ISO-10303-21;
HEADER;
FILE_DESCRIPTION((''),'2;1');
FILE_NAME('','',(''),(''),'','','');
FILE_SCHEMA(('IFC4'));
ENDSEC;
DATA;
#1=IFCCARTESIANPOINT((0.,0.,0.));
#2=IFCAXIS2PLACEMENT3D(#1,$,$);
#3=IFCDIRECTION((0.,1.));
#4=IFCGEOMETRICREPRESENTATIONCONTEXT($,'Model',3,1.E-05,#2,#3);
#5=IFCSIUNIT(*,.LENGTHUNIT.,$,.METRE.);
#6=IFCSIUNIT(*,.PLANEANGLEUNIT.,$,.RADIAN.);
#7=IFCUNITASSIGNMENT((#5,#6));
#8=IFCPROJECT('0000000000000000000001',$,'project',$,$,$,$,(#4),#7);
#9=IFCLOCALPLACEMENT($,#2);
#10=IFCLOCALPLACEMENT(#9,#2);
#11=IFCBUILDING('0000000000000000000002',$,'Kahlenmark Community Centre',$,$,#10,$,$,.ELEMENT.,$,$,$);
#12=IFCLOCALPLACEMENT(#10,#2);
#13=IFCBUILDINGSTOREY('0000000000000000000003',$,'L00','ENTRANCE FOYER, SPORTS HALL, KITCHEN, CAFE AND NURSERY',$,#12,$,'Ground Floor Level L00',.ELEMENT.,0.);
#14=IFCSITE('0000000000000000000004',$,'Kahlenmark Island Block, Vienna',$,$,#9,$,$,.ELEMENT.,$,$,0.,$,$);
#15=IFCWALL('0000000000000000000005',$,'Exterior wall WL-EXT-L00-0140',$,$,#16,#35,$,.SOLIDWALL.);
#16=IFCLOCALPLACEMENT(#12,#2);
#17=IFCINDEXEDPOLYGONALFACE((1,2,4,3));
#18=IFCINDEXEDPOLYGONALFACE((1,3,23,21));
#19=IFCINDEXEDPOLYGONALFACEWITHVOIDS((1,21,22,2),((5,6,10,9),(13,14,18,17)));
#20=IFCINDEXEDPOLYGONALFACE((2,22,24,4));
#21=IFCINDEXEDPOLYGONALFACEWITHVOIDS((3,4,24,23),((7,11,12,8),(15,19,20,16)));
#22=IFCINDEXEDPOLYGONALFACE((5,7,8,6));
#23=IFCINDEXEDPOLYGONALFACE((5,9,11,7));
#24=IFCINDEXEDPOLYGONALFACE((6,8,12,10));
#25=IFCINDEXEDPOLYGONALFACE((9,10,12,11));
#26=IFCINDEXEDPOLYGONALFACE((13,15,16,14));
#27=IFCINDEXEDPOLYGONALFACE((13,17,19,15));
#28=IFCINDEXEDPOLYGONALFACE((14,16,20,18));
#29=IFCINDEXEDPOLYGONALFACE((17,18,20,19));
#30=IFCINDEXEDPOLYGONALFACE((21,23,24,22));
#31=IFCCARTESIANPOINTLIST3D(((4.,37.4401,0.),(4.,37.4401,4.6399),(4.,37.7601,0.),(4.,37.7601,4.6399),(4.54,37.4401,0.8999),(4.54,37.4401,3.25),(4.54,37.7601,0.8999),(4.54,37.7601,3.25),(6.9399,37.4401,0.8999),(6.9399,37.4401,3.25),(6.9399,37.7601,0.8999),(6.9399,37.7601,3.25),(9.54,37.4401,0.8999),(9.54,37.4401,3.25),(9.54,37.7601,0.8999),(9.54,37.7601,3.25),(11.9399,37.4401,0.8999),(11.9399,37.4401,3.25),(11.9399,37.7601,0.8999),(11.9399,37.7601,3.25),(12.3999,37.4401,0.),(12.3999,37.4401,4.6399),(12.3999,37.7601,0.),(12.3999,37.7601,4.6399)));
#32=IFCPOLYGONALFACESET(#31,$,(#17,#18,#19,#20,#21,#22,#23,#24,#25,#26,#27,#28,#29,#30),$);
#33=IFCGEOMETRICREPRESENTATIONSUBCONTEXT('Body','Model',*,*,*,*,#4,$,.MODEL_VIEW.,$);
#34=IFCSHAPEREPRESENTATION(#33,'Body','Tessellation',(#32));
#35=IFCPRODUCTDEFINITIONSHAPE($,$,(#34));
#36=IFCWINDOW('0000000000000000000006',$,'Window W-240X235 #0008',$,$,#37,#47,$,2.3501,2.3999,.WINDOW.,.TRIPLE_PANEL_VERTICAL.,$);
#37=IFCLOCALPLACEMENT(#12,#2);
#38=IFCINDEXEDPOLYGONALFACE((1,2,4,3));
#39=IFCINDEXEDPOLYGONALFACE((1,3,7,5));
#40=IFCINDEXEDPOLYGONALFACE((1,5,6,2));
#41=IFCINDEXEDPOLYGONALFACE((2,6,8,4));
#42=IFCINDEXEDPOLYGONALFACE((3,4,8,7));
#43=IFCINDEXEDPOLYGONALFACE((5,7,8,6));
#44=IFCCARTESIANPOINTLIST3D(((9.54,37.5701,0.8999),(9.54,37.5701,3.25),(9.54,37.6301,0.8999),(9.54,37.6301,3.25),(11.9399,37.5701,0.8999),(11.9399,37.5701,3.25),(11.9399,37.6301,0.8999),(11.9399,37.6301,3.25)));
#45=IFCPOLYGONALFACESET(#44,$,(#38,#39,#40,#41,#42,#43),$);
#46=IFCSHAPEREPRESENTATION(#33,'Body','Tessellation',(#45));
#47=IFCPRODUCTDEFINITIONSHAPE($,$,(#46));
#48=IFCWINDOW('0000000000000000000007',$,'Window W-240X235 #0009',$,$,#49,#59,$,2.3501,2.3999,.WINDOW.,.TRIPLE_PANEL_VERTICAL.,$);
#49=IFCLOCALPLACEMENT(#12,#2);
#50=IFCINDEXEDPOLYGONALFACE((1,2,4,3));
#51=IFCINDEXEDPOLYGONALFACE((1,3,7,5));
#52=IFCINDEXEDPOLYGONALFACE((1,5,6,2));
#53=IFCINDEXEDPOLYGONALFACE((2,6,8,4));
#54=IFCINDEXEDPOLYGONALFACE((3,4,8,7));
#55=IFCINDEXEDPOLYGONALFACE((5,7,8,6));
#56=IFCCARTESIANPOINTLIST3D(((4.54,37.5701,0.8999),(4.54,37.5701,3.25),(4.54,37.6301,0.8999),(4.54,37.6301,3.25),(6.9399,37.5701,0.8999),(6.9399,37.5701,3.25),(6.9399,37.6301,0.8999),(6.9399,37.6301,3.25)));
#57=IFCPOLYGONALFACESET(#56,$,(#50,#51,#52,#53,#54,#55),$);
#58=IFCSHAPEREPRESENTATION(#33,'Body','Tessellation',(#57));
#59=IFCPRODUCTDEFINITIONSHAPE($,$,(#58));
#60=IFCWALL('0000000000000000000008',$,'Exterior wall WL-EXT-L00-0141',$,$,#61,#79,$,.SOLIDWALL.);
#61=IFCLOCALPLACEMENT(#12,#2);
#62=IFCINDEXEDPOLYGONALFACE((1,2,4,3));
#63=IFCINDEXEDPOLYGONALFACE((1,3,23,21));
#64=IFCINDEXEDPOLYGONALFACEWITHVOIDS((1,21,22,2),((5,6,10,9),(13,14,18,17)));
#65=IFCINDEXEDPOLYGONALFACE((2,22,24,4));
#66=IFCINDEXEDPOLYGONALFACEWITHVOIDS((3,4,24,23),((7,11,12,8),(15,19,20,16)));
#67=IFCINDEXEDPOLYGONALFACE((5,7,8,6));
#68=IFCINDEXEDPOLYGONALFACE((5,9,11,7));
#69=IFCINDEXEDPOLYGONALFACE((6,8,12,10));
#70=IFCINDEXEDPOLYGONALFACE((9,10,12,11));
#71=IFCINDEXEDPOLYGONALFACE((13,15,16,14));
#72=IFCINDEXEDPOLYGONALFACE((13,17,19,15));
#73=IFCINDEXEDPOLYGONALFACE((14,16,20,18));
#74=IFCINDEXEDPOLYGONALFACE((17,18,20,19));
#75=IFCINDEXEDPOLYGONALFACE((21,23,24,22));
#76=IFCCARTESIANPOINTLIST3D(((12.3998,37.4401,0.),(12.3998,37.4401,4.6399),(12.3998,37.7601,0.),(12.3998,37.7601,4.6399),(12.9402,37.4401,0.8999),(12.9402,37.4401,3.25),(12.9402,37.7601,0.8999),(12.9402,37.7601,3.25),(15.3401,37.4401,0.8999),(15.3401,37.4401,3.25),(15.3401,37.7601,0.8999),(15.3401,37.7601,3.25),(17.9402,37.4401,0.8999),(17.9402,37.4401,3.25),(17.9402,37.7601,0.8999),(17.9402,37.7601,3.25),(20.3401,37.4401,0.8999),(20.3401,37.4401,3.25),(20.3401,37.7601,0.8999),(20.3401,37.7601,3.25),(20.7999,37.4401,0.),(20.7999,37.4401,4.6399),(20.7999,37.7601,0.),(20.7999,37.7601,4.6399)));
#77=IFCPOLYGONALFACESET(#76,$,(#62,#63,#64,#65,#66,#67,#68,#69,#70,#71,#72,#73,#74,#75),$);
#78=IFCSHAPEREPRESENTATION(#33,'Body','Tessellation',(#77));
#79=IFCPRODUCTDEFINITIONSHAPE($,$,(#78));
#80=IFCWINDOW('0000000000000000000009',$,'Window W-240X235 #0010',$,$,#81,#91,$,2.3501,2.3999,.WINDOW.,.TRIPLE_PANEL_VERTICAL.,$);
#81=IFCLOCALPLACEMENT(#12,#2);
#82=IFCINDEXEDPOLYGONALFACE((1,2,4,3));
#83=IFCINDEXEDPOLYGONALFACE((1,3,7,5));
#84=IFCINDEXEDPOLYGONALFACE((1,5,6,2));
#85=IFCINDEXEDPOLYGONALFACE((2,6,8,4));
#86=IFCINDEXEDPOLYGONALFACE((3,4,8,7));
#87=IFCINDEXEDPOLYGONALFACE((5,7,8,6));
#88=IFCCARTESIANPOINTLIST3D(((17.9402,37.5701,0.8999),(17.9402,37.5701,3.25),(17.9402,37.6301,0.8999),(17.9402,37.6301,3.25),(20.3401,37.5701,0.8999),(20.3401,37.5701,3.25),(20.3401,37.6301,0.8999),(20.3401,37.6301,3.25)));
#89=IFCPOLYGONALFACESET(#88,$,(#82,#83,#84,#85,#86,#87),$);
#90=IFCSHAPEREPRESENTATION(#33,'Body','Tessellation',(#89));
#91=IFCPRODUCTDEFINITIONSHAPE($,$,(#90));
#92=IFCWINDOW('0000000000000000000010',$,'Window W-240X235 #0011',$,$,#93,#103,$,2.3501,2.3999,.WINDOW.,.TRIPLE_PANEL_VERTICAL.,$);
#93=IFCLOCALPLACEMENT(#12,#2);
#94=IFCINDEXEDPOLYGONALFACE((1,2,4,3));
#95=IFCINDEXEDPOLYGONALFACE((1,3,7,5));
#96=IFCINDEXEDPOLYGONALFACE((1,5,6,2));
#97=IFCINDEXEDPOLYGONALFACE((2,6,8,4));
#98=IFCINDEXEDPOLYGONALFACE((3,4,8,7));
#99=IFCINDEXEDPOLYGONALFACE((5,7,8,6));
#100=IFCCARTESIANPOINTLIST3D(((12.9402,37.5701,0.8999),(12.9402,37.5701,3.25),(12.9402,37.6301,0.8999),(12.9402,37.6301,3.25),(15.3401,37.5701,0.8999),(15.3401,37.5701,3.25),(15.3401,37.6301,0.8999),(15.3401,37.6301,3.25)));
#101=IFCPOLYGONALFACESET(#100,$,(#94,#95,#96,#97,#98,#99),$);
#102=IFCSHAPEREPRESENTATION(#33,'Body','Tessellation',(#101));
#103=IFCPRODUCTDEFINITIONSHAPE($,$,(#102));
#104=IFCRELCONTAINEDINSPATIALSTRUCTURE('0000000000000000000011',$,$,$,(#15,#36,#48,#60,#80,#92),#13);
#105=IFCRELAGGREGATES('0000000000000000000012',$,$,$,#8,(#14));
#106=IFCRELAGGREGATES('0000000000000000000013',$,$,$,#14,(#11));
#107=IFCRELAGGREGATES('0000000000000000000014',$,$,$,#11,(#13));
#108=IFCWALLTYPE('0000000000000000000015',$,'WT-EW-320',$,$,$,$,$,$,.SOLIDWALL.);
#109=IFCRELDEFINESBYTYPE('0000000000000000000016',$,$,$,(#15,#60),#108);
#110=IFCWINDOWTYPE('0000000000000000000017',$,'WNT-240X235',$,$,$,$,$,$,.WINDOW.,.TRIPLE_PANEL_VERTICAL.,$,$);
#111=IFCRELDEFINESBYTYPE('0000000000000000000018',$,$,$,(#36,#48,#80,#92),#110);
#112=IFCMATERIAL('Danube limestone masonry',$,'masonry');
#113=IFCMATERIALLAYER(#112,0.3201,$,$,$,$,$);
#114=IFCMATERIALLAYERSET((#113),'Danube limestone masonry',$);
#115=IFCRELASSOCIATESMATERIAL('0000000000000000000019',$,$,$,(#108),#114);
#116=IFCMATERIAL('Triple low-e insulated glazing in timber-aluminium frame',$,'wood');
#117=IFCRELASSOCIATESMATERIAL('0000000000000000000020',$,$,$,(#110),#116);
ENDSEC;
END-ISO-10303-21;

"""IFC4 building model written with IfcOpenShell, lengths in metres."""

from ifc_helpers import new_model, si_unit, direction, frame, frame_2d, origin, place, context, subcontext, project, spatial, rectangle, extrude, material, layer, layer_set, type_object, element, fill, save


model = new_model("IFC4")

# Units and contexts
model_context = context("Model", 3, precision=1e-05, world=origin(), true_north=direction((0.0, 1.0)))
body_context = subcontext(model_context, "Body", "Model", "MODEL_VIEW")
ifc_project = project(units=[si_unit("LENGTHUNIT", "METRE"), si_unit("PLANEANGLEUNIT", "RADIAN")], contexts=[model_context])

# Site, building, storey
site_placement = place(None, origin())
site = spatial("IfcSite", under=ifc_project, at=site_placement, Name="Kahlenmark Island Block, Vienna", CompositionType="ELEMENT", RefElevation=0.0)
building_placement = place(site_placement, origin())
building = spatial("IfcBuilding", under=site, at=building_placement, Name="Kahlenmark Community Centre", CompositionType="ELEMENT")
storey_placement = place(building_placement, origin())
storey = spatial("IfcBuildingStorey", under=building, at=storey_placement, Name="L00", Description="ENTRANCE FOYER, SPORTS HALL, KITCHEN, CAFE AND NURSERY", LongName="Ground Floor Level L00", CompositionType="ELEMENT", Elevation=0.0)

# Walls, openings, windows
ifc_material_1 = material(Name="Danube limestone masonry", Category="masonry")
ifc_layer = layer(ifc_material_1, 0.3201)
ifc_layer_set = layer_set([ifc_layer], Name="Danube limestone masonry")
wall_type = type_object("IfcWallType", Name="WT-EW-320", PredefinedType="SOLIDWALL", material=ifc_layer_set)
wall_1_placement = place(storey_placement, frame((12.3999, 37.6001, 0.0), z_axis=(0.0, 0.0, 1.0), x_axis=(-1.0, 0.0, 0.0)))
wall_1 = element("IfcWall", 1, at=wall_1_placement, inside=storey, type_object=wall_type, Name="Exterior wall WL-EXT-L00-0140", PredefinedType="SOLIDWALL", context=body_context, shape_type="SweptSolid", body=[
    extrude(rectangle(XDim=8.3999, YDim=0.3201, at=frame_2d((4.2, 0.0))), origin(), (0.0, 0.0, 1.0), 4.6399),
])
opening_1_placement = place(wall_1_placement, frame((0.46, 0.0, 0.8999)))
opening_1 = element("IfcOpeningElement", 2, at=opening_1_placement, cuts=wall_1, PredefinedType="OPENING", context=body_context, shape_type="SweptSolid", body=[
    extrude(rectangle(XDim=2.3999, YDim=2.3501, at=frame_2d((1.2, 1.175))), frame((0.0, 0.1699, 0.0), z_axis=(0.0, -1.0, 0.0), x_axis=(1.0, 0.0, 0.0)), (0.0, 0.0, 1.0), 0.3401),
])
opening_2_placement = place(wall_1_placement, frame((5.46, 0.0, 0.8999)))
opening_2 = element("IfcOpeningElement", 3, at=opening_2_placement, cuts=wall_1, PredefinedType="OPENING", context=body_context, shape_type="SweptSolid", body=[
    extrude(rectangle(XDim=2.3999, YDim=2.3501, at=frame_2d((1.2, 1.175))), frame((0.0, 0.1699, 0.0), z_axis=(0.0, -1.0, 0.0), x_axis=(1.0, 0.0, 0.0)), (0.0, 0.0, 1.0), 0.3401),
])
ifc_material_2 = material(Name="Triple low-e insulated glazing in timber-aluminium frame", Category="wood")
window_type = type_object("IfcWindowType", Name="WNT-240X235", PartitioningType="TRIPLE_PANEL_VERTICAL", PredefinedType="WINDOW", material=ifc_material_2)
window_1_placement = place(opening_1_placement, origin())
window_1 = element("IfcWindow", 4, at=window_1_placement, inside=storey, type_object=window_type, Name="Window W-240X235 #0008", OverallHeight=2.3501, OverallWidth=2.3999, PartitioningType="TRIPLE_PANEL_VERTICAL", PredefinedType="WINDOW", context=body_context, shape_type="SweptSolid", body=[
    extrude(rectangle(XDim=2.3999, YDim=2.3501, at=frame_2d((1.2, 1.175))), frame((0.0, 0.03, 0.0), z_axis=(0.0, -1.0, 0.0), x_axis=(1.0, 0.0, 0.0)), (0.0, 0.0, 1.0), 0.0601),
])
fill(opening_1, window_1)
window_2_placement = place(opening_2_placement, origin())
window_2 = element("IfcWindow", 5, at=window_2_placement, inside=storey, type_object=window_type, Name="Window W-240X235 #0009", OverallHeight=2.3501, OverallWidth=2.3999, PartitioningType="TRIPLE_PANEL_VERTICAL", PredefinedType="WINDOW", context=body_context, shape_type="SweptSolid", body=[
    extrude(rectangle(XDim=2.3999, YDim=2.3501, at=frame_2d((1.2, 1.175))), frame((0.0, 0.03, 0.0), z_axis=(0.0, -1.0, 0.0), x_axis=(1.0, 0.0, 0.0)), (0.0, 0.0, 1.0), 0.0601),
])
fill(opening_2, window_2)
wall_2_placement = place(storey_placement, frame((20.8, 37.6001, 0.0), z_axis=(0.0, 0.0, 1.0), x_axis=(-1.0, 0.0, 0.0)))
wall_2 = element("IfcWall", 6, at=wall_2_placement, inside=storey, type_object=wall_type, Name="Exterior wall WL-EXT-L00-0141", PredefinedType="SOLIDWALL", context=body_context, shape_type="SweptSolid", body=[
    extrude(rectangle(XDim=8.4001, YDim=0.3201, at=frame_2d((4.2002, 0.0))), origin(), (0.0, 0.0, 1.0), 4.6399),
])
opening_3_placement = place(wall_2_placement, frame((0.46, 0.0, 0.8999)))
opening_3 = element("IfcOpeningElement", 7, at=opening_3_placement, cuts=wall_2, PredefinedType="OPENING", context=body_context, shape_type="SweptSolid", body=[
    extrude(rectangle(XDim=2.3999, YDim=2.3501, at=frame_2d((1.2, 1.175))), frame((0.0, 0.1699, 0.0), z_axis=(0.0, -1.0, 0.0), x_axis=(1.0, 0.0, 0.0)), (0.0, 0.0, 1.0), 0.3401),
])
opening_4_placement = place(wall_2_placement, frame((5.46, 0.0, 0.8999)))
opening_4 = element("IfcOpeningElement", 8, at=opening_4_placement, cuts=wall_2, PredefinedType="OPENING", context=body_context, shape_type="SweptSolid", body=[
    extrude(rectangle(XDim=2.3999, YDim=2.3501, at=frame_2d((1.2, 1.175))), frame((0.0, 0.1699, 0.0), z_axis=(0.0, -1.0, 0.0), x_axis=(1.0, 0.0, 0.0)), (0.0, 0.0, 1.0), 0.3401),
])
window_3_placement = place(opening_3_placement, origin())
window_3 = element("IfcWindow", 9, at=window_3_placement, inside=storey, type_object=window_type, Name="Window W-240X235 #0010", OverallHeight=2.3501, OverallWidth=2.3999, PartitioningType="TRIPLE_PANEL_VERTICAL", PredefinedType="WINDOW", context=body_context, shape_type="SweptSolid", body=[
    extrude(rectangle(XDim=2.3999, YDim=2.3501, at=frame_2d((1.2, 1.175))), frame((0.0, 0.03, 0.0), z_axis=(0.0, -1.0, 0.0), x_axis=(1.0, 0.0, 0.0)), (0.0, 0.0, 1.0), 0.0601),
])
fill(opening_3, window_3)
window_4_placement = place(opening_4_placement, origin())
window_4 = element("IfcWindow", 10, at=window_4_placement, inside=storey, type_object=window_type, Name="Window W-240X235 #0011", OverallHeight=2.3501, OverallWidth=2.3999, PartitioningType="TRIPLE_PANEL_VERTICAL", PredefinedType="WINDOW", context=body_context, shape_type="SweptSolid", body=[
    extrude(rectangle(XDim=2.3999, YDim=2.3501, at=frame_2d((1.2, 1.175))), frame((0.0, 0.03, 0.0), z_axis=(0.0, -1.0, 0.0), x_axis=(1.0, 0.0, 0.0)), (0.0, 0.0, 1.0), 0.0601),
])
fill(opening_4, window_4)

save(model, "model.ifc")
